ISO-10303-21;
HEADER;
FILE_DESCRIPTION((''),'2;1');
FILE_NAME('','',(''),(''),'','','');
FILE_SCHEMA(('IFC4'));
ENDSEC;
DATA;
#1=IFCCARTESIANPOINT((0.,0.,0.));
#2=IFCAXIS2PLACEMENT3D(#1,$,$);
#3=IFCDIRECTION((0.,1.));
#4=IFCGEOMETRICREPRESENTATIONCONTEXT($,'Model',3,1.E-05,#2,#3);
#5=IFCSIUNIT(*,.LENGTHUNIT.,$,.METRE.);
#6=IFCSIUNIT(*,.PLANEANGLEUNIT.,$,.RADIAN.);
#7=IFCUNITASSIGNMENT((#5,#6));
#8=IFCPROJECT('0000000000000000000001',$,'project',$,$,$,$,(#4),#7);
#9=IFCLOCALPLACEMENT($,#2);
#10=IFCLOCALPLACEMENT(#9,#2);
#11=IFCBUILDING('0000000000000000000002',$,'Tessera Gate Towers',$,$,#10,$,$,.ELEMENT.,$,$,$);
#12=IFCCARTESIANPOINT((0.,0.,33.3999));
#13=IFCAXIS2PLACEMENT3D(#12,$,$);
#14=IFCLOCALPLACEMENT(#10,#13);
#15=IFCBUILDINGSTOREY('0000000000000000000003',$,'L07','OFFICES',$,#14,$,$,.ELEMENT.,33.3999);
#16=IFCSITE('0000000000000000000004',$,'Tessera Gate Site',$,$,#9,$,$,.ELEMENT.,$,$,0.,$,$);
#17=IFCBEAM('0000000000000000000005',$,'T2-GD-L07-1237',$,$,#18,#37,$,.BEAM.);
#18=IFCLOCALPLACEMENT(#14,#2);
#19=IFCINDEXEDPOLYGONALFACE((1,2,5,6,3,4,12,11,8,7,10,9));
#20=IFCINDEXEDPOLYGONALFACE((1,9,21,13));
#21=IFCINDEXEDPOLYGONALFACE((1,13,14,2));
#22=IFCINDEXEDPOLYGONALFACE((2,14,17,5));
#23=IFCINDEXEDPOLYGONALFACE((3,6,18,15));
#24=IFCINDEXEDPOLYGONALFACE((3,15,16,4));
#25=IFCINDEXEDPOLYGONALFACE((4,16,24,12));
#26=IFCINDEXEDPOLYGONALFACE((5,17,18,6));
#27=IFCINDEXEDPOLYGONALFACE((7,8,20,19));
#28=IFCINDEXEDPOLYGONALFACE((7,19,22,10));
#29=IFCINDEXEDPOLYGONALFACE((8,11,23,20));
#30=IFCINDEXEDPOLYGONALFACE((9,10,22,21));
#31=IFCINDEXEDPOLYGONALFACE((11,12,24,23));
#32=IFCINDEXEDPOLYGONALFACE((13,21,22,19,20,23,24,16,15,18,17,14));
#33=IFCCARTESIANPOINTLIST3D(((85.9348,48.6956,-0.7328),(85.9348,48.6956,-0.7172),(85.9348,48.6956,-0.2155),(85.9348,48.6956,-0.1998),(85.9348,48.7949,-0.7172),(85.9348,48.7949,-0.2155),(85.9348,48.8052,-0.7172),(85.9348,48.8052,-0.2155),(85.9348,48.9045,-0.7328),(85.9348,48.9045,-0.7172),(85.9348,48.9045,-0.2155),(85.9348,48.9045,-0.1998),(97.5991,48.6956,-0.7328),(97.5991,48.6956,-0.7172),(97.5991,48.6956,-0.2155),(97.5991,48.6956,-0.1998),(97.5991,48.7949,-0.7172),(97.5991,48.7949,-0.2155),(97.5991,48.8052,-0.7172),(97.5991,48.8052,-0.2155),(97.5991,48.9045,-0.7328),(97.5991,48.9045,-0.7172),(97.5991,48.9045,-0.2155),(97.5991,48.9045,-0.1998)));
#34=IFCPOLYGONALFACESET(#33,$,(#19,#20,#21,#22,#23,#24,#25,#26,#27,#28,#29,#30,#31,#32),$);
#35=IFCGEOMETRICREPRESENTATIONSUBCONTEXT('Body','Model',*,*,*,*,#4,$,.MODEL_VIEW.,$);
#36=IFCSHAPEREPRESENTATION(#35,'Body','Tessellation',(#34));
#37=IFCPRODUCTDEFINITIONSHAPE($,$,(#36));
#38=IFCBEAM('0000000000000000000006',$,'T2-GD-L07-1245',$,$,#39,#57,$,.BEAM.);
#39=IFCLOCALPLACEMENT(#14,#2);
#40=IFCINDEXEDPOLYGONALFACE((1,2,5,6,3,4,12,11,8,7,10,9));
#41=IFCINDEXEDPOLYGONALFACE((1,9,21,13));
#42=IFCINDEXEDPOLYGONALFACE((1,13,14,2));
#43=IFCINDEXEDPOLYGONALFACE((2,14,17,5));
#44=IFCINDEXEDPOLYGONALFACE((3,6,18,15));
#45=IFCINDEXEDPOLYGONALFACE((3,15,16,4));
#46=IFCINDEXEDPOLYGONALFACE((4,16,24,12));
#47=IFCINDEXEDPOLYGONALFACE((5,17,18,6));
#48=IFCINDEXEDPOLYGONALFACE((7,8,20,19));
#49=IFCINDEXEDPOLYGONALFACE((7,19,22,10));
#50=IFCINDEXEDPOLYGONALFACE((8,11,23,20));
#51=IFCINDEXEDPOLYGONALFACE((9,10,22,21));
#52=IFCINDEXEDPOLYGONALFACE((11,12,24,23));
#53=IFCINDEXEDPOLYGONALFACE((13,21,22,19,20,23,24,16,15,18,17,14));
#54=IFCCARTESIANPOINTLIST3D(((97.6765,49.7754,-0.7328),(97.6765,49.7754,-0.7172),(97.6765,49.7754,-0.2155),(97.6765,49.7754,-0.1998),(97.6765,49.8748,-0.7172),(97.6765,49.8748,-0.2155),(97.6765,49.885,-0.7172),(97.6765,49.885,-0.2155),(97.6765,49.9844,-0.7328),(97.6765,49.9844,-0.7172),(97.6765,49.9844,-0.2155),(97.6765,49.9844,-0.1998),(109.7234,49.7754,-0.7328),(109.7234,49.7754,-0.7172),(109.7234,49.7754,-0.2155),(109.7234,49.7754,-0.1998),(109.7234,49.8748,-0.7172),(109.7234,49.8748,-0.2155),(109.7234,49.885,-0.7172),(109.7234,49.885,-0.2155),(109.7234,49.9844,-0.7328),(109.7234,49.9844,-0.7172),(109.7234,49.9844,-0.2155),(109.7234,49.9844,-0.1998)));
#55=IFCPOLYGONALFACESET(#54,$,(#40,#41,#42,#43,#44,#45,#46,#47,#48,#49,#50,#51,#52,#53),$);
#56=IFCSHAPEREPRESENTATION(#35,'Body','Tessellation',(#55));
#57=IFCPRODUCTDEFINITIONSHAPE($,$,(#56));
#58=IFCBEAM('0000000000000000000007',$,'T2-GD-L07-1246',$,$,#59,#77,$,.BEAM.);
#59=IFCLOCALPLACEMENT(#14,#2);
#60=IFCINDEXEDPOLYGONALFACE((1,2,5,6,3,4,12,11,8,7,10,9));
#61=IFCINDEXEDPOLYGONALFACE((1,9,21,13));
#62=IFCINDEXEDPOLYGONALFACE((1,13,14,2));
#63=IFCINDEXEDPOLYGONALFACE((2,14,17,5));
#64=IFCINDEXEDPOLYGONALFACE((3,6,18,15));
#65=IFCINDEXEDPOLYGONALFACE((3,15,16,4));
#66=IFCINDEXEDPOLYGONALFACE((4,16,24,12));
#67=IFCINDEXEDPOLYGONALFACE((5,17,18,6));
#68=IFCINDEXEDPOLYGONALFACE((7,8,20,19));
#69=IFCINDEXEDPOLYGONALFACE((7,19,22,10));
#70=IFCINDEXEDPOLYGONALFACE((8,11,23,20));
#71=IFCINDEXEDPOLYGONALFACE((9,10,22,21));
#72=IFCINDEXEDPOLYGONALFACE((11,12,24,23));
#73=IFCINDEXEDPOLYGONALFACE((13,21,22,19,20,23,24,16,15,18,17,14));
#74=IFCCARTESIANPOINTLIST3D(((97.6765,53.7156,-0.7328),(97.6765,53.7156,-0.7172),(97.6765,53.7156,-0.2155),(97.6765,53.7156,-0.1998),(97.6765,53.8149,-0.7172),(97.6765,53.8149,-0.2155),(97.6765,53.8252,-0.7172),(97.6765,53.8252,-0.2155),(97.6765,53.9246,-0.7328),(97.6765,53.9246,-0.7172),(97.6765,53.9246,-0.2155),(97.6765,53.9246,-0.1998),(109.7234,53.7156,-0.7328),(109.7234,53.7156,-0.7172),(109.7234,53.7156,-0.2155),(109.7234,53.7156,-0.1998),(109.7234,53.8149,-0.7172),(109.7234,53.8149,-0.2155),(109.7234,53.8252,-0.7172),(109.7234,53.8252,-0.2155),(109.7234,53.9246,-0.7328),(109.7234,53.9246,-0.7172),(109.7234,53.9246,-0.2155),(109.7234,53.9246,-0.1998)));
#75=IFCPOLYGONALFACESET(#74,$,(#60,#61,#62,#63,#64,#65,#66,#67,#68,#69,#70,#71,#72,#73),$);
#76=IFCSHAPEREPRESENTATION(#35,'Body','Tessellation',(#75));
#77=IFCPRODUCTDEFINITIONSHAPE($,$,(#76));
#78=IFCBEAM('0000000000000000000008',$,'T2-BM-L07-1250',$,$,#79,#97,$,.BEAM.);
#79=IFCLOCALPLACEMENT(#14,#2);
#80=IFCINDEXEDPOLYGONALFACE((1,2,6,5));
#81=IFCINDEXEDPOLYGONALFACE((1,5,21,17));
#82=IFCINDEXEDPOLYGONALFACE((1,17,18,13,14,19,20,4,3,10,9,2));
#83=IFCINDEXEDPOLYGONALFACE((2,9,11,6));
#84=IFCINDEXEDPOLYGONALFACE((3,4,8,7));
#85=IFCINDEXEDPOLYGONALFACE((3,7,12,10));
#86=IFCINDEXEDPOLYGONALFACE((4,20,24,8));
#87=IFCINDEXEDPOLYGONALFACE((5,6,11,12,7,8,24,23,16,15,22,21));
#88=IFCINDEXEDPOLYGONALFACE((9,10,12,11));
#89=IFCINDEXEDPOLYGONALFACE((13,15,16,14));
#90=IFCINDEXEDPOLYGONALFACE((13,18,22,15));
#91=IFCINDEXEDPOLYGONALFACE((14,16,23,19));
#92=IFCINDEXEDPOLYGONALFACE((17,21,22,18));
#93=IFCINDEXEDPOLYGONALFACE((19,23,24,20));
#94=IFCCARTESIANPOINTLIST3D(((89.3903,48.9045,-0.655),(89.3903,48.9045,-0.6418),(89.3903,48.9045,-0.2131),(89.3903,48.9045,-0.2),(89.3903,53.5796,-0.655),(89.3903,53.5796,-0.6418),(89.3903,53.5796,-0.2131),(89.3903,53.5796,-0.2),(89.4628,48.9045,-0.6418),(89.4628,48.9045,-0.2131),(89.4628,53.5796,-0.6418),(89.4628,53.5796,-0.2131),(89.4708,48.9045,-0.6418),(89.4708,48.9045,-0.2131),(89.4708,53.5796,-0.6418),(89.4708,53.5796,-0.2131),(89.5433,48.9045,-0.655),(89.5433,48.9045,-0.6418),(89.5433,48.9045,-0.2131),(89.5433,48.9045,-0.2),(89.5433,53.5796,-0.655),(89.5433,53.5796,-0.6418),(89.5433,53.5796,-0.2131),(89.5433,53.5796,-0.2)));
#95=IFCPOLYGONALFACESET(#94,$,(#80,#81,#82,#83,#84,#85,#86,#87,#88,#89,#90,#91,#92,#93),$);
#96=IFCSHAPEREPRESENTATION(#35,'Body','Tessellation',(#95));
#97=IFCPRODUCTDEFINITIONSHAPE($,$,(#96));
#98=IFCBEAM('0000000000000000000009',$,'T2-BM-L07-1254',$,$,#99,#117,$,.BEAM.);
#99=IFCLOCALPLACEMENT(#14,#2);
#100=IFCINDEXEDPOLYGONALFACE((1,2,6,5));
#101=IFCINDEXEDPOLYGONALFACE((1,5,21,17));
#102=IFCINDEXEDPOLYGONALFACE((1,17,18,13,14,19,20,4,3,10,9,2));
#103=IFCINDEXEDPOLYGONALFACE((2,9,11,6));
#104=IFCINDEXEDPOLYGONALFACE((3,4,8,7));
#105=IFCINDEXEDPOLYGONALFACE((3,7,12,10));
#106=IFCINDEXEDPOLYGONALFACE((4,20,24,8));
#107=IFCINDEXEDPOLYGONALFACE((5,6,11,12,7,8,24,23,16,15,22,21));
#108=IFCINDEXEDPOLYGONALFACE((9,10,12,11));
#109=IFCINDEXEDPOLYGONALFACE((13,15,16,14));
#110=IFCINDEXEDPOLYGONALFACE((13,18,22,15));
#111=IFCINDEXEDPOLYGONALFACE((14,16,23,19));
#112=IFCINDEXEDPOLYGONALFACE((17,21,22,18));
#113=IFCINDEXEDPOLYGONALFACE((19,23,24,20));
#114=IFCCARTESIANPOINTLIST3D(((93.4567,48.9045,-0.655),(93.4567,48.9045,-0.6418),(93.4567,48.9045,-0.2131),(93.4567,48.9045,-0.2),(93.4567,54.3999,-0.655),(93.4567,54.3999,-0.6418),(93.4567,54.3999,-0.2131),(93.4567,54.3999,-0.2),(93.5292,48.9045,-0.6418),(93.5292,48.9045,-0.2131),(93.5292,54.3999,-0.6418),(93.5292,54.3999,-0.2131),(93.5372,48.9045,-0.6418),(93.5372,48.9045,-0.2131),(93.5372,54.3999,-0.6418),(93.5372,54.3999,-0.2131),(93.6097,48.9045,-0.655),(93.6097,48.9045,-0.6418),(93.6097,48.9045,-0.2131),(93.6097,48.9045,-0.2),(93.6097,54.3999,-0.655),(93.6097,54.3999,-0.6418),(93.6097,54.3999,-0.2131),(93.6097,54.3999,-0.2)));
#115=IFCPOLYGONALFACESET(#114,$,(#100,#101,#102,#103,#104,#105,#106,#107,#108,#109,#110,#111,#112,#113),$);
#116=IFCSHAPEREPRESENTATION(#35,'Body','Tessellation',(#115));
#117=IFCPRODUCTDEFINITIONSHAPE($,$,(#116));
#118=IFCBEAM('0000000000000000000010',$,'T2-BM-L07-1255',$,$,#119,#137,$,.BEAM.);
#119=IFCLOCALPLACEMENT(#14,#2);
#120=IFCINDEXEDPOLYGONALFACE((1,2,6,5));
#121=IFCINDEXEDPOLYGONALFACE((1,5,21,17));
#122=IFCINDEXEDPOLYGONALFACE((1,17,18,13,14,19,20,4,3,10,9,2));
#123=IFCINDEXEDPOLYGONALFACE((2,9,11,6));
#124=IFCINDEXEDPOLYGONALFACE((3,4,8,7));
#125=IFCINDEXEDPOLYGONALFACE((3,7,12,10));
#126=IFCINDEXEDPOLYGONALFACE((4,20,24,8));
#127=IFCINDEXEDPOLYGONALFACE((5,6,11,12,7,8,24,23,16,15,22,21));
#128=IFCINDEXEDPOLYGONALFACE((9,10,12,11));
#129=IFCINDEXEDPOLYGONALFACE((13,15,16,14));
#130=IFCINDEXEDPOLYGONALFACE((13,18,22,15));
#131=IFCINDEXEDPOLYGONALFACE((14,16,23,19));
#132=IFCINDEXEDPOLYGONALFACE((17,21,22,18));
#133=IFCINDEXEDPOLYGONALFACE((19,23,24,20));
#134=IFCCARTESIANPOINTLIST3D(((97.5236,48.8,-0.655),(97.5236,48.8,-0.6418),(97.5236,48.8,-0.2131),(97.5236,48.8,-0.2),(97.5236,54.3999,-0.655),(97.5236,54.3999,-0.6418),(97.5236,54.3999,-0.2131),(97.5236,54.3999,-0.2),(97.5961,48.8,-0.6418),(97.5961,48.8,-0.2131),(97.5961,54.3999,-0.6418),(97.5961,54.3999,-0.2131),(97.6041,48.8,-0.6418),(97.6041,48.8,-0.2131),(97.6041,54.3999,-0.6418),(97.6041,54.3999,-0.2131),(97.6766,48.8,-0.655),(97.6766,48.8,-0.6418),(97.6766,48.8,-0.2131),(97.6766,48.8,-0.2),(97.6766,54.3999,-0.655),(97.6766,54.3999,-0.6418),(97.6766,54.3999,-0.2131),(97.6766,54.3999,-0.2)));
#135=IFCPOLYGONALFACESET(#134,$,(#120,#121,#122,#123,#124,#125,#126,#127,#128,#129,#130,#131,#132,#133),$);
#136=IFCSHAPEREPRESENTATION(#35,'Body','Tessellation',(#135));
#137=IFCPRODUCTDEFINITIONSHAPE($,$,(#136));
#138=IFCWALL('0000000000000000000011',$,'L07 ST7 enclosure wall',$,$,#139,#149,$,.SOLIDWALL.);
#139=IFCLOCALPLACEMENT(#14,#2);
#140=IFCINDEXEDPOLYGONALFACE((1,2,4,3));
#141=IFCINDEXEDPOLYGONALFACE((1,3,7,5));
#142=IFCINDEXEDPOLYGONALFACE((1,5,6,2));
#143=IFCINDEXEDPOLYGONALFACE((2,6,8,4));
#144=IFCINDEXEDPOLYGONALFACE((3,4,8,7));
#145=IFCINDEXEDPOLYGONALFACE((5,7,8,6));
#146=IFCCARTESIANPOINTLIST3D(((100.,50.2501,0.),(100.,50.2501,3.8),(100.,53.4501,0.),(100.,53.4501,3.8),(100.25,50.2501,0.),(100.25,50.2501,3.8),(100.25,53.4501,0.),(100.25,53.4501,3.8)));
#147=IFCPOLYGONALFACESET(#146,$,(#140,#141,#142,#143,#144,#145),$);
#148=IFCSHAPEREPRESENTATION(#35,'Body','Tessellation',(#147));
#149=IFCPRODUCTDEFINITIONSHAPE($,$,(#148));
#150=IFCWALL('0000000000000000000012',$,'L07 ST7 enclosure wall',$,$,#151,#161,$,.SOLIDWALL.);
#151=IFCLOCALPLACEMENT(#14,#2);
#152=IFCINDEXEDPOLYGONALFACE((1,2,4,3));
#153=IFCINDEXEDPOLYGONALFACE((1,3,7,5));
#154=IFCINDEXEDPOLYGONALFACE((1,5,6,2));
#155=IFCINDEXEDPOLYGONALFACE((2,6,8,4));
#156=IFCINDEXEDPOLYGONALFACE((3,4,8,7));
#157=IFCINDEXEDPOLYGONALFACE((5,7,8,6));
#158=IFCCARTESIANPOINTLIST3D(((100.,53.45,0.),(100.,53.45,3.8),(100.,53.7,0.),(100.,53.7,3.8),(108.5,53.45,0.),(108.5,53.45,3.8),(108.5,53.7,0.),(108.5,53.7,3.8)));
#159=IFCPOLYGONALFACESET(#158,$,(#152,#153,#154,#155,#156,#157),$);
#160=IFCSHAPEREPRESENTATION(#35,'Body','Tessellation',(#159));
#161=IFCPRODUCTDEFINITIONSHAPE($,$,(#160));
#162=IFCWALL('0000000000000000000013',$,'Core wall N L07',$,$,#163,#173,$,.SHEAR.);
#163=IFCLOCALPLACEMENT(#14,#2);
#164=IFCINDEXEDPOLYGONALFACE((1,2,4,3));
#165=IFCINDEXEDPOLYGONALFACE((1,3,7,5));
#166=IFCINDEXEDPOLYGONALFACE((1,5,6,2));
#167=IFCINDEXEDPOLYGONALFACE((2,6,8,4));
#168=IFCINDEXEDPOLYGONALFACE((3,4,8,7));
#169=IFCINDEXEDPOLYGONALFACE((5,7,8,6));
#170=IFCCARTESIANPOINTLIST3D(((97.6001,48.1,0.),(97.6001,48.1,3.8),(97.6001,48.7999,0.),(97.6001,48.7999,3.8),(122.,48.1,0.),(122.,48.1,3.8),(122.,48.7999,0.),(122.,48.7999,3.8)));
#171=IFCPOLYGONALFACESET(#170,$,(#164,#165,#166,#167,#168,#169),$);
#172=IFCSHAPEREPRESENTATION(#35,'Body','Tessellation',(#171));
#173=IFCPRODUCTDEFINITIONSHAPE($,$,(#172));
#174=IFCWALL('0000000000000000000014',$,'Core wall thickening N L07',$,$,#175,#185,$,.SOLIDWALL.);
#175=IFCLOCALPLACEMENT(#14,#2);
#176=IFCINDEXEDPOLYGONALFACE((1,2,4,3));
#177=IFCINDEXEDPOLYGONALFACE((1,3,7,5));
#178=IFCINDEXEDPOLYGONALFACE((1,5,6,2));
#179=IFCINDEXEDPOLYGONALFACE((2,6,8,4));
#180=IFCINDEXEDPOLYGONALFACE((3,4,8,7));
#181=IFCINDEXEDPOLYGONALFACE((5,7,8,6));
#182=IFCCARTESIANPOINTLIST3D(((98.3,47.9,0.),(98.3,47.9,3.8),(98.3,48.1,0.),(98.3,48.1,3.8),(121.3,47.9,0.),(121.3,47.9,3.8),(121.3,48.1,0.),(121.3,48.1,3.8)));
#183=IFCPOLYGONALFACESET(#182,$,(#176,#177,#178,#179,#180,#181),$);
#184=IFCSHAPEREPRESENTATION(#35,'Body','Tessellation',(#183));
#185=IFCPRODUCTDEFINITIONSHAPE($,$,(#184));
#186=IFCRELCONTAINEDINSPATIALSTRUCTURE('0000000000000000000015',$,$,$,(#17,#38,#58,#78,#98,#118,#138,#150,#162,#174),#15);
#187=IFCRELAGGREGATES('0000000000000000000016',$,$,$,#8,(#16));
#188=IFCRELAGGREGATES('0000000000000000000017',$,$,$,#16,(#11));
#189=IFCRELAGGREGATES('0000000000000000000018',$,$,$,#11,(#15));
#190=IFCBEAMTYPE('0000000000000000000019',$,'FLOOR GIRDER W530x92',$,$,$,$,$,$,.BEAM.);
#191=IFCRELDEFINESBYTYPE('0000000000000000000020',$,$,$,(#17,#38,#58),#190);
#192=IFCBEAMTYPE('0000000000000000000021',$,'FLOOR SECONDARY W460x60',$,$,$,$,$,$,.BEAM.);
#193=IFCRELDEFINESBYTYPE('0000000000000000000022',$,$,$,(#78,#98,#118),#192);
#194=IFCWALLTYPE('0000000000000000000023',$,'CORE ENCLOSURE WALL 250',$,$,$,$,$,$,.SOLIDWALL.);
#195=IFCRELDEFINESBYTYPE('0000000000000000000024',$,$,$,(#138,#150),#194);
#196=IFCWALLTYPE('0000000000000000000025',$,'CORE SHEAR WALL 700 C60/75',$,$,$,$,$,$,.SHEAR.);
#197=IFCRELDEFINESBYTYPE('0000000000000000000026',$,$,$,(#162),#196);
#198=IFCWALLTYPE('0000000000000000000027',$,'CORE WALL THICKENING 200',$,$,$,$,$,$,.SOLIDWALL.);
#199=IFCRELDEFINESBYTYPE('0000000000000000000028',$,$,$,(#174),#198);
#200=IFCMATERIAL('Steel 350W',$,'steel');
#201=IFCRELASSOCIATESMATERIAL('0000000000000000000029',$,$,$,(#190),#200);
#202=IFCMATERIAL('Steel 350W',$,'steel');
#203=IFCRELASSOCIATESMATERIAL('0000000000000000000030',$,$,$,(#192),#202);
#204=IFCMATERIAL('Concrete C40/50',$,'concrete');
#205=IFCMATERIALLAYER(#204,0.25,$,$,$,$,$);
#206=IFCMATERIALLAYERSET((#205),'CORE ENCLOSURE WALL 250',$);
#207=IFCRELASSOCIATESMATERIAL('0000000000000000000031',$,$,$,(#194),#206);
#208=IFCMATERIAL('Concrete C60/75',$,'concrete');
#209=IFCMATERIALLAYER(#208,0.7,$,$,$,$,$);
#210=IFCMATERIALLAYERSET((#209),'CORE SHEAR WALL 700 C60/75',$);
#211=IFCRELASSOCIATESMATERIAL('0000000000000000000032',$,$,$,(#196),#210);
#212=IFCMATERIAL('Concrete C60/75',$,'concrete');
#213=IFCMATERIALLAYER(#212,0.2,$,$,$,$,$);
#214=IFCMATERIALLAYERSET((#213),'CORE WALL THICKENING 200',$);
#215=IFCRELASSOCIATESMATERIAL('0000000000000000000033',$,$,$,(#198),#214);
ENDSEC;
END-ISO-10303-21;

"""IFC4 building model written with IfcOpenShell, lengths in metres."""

from ifc_helpers import new_model, si_unit, direction, frame, frame_2d, origin, origin_2d, place, context, subcontext, project, spatial, rectangle, i_section, extrude, material, layer, layer_set, material_profile, profile_set, type_object, element, save


model = new_model("IFC4")

# Units and contexts
model_context = context("Model", 3, precision=1e-05, world=origin(), true_north=direction((0.0, 1.0)))
body_context = subcontext(model_context, "Body", "Model", "MODEL_VIEW")
ifc_project = project(units=[si_unit("LENGTHUNIT", "METRE"), si_unit("PLANEANGLEUNIT", "RADIAN")], contexts=[model_context])

# Site, building, storey
site_placement = place(None, origin())
site = spatial("IfcSite", under=ifc_project, at=site_placement, Name="Tessera Gate Site", CompositionType="ELEMENT", RefElevation=0.0)
building_placement = place(site_placement, origin())
building = spatial("IfcBuilding", under=site, at=building_placement, Name="Tessera Gate Towers", CompositionType="ELEMENT")
storey_placement = place(building_placement, frame((0.0, 0.0, 33.3999)))
storey = spatial("IfcBuildingStorey", under=building, at=storey_placement, Name="L07", Description="OFFICES", CompositionType="ELEMENT", Elevation=33.3999)

# Beams
ifc_material_1 = material(Name="Steel 350W", Category="steel")
ifc_material_profile_1 = material_profile(ifc_material_1, i_section(OverallWidth=0.209, OverallDepth=0.533, WebThickness=0.0103, FlangeThickness=0.0156, at=origin_2d()), Name="W530x92")
ifc_profile_set_1 = profile_set([ifc_material_profile_1], Name="Steel 350W")
beam_type_1 = type_object("IfcBeamType", Name="FLOOR GIRDER W530x92", PredefinedType="BEAM", material=ifc_profile_set_1)
beam_1_placement = place(storey_placement, frame((85.9348, 48.8, -0.4663), z_axis=(1.0, 0.0, 0.0), x_axis=(0.0, 1.0, 0.0)))
element("IfcBeam", 1, at=beam_1_placement, inside=storey, type_object=beam_type_1, Name="T2-GD-L07-1237", PredefinedType="BEAM", context=body_context, shape_type="SweptSolid", body=[
    extrude(i_section(OverallWidth=0.209, OverallDepth=0.533, WebThickness=0.0103, FlangeThickness=0.0156, at=origin_2d()), origin(), (0.0, 0.0, 1.0), 11.6643),
])
for number, where, z_axis, x_axis, name in (
    (2, (97.6765, 49.8799, -0.4663), (1.0, 0.0, 0.0), (0.0, 1.0, 0.0), "T2-GD-L07-1245"),
    (3, (97.6765, 53.8201, -0.4663), (1.0, 0.0, 0.0), (0.0, 1.0, 0.0), "T2-GD-L07-1246"),
):
    element("IfcBeam", number, at=place(storey_placement, frame(where, z_axis=z_axis, x_axis=x_axis)), inside=storey, type_object=beam_type_1, Name=name, PredefinedType="BEAM", context=body_context, shape_type="SweptSolid", body=[
        extrude(i_section(OverallWidth=0.209, OverallDepth=0.533, WebThickness=0.0103, FlangeThickness=0.0156, at=origin_2d()), origin(), (0.0, 0.0, 1.0), 12.0469),
    ])
ifc_material_2 = material(Name="Steel 350W", Category="steel")
ifc_material_profile_2 = material_profile(ifc_material_2, i_section(OverallWidth=0.1531, OverallDepth=0.4551, WebThickness=0.0081, FlangeThickness=0.0132, at=origin_2d()), Name="W460x60")
ifc_profile_set_2 = profile_set([ifc_material_profile_2], Name="Steel 350W")
beam_type_2 = type_object("IfcBeamType", Name="FLOOR SECONDARY W460x60", PredefinedType="BEAM", material=ifc_profile_set_2)
beam_2_placement = place(storey_placement, frame((89.4668, 48.9045, -0.4275), z_axis=(0.0, 1.0, 0.0), x_axis=(-1.0, 0.0, 0.0)))
element("IfcBeam", 4, at=beam_2_placement, inside=storey, type_object=beam_type_2, Name="T2-BM-L07-1250", PredefinedType="BEAM", context=body_context, shape_type="SweptSolid", body=[
    extrude(i_section(OverallWidth=0.1531, OverallDepth=0.4551, WebThickness=0.0081, FlangeThickness=0.0132, at=origin_2d()), origin(), (0.0, 0.0, 1.0), 4.675),
])
beam_3_placement = place(storey_placement, frame((93.5332, 48.9045, -0.4275), z_axis=(0.0, 1.0, 0.0), x_axis=(-1.0, 0.0, 0.0)))
element("IfcBeam", 5, at=beam_3_placement, inside=storey, type_object=beam_type_2, Name="T2-BM-L07-1254", PredefinedType="BEAM", context=body_context, shape_type="SweptSolid", body=[
    extrude(i_section(OverallWidth=0.1531, OverallDepth=0.4551, WebThickness=0.0081, FlangeThickness=0.0132, at=origin_2d()), origin(), (0.0, 0.0, 1.0), 5.4954),
])
beam_4_placement = place(storey_placement, frame((97.6001, 48.8, -0.4275), z_axis=(0.0, 1.0, 0.0), x_axis=(-1.0, 0.0, 0.0)))
element("IfcBeam", 6, at=beam_4_placement, inside=storey, type_object=beam_type_2, Name="T2-BM-L07-1255", PredefinedType="BEAM", context=body_context, shape_type="SweptSolid", body=[
    extrude(i_section(OverallWidth=0.1531, OverallDepth=0.4551, WebThickness=0.0081, FlangeThickness=0.0132, at=origin_2d()), origin(), (0.0, 0.0, 1.0), 5.5999),
])

# Walls
ifc_material_3 = material(Name="Concrete C40/50", Category="concrete")
ifc_layer_1 = layer(ifc_material_3, 0.25)
ifc_layer_set_1 = layer_set([ifc_layer_1], Name="CORE ENCLOSURE WALL 250")
wall_type_1 = type_object("IfcWallType", Name="CORE ENCLOSURE WALL 250", PredefinedType="SOLIDWALL", material=ifc_layer_set_1)
wall_1_placement = place(storey_placement, frame((100.125, 50.25, 0.0), z_axis=(0.0, 0.0, 1.0), x_axis=(0.0, 1.0, 0.0)))
element("IfcWall", 7, at=wall_1_placement, inside=storey, type_object=wall_type_1, Name="L07 ST7 enclosure wall", PredefinedType="SOLIDWALL", context=body_context, shape_type="SweptSolid", body=[
    extrude(rectangle(XDim=3.2, YDim=0.25, at=frame_2d((1.6001, 0.0))), origin(), (0.0, 0.0, 1.0), 3.8),
])
wall_2_placement = place(storey_placement, frame((100.0, 53.575, 0.0), z_axis=(0.0, 0.0, 1.0), x_axis=(1.0, 0.0, 0.0)))
element("IfcWall", 8, at=wall_2_placement, inside=storey, type_object=wall_type_1, Name="L07 ST7 enclosure wall", PredefinedType="SOLIDWALL", context=body_context, shape_type="SweptSolid", body=[
    extrude(rectangle(XDim=8.5, YDim=0.25, at=frame_2d((4.25, 0.0))), origin(), (0.0, 0.0, 1.0), 3.8),
])
ifc_material_4 = material(Name="Concrete C60/75", Category="concrete")
ifc_layer_2 = layer(ifc_material_4, 0.7)
ifc_layer_set_2 = layer_set([ifc_layer_2], Name="CORE SHEAR WALL 700 C60/75")
wall_type_2 = type_object("IfcWallType", Name="CORE SHEAR WALL 700 C60/75", PredefinedType="SHEAR", material=ifc_layer_set_2)
wall_3_placement = place(storey_placement, frame((97.6001, 48.45, 0.0), z_axis=(0.0, 0.0, 1.0), x_axis=(1.0, 0.0, 0.0)))
element("IfcWall", 9, at=wall_3_placement, inside=storey, type_object=wall_type_2, Name="Core wall N L07", PredefinedType="SHEAR", context=body_context, shape_type="SweptSolid", body=[
    extrude(rectangle(XDim=24.3999, YDim=0.7, at=frame_2d((12.2, 0.0))), origin(), (0.0, 0.0, 1.0), 3.8),
])
ifc_material_5 = material(Name="Concrete C60/75", Category="concrete")
ifc_layer_3 = layer(ifc_material_5, 0.2)
ifc_layer_set_3 = layer_set([ifc_layer_3], Name="CORE WALL THICKENING 200")
wall_type_3 = type_object("IfcWallType", Name="CORE WALL THICKENING 200", PredefinedType="SOLIDWALL", material=ifc_layer_set_3)
wall_4_placement = place(storey_placement, frame((98.3, 48.0, 0.0), z_axis=(0.0, 0.0, 1.0), x_axis=(1.0, 0.0, 0.0)))
element("IfcWall", 10, at=wall_4_placement, inside=storey, type_object=wall_type_3, Name="Core wall thickening N L07", PredefinedType="SOLIDWALL", context=body_context, shape_type="SweptSolid", body=[
    extrude(rectangle(XDim=23.0, YDim=0.2, at=frame_2d((11.5, 0.0))), origin(), (0.0, 0.0, 1.0), 3.8),
])

save(model, "model.ifc")
